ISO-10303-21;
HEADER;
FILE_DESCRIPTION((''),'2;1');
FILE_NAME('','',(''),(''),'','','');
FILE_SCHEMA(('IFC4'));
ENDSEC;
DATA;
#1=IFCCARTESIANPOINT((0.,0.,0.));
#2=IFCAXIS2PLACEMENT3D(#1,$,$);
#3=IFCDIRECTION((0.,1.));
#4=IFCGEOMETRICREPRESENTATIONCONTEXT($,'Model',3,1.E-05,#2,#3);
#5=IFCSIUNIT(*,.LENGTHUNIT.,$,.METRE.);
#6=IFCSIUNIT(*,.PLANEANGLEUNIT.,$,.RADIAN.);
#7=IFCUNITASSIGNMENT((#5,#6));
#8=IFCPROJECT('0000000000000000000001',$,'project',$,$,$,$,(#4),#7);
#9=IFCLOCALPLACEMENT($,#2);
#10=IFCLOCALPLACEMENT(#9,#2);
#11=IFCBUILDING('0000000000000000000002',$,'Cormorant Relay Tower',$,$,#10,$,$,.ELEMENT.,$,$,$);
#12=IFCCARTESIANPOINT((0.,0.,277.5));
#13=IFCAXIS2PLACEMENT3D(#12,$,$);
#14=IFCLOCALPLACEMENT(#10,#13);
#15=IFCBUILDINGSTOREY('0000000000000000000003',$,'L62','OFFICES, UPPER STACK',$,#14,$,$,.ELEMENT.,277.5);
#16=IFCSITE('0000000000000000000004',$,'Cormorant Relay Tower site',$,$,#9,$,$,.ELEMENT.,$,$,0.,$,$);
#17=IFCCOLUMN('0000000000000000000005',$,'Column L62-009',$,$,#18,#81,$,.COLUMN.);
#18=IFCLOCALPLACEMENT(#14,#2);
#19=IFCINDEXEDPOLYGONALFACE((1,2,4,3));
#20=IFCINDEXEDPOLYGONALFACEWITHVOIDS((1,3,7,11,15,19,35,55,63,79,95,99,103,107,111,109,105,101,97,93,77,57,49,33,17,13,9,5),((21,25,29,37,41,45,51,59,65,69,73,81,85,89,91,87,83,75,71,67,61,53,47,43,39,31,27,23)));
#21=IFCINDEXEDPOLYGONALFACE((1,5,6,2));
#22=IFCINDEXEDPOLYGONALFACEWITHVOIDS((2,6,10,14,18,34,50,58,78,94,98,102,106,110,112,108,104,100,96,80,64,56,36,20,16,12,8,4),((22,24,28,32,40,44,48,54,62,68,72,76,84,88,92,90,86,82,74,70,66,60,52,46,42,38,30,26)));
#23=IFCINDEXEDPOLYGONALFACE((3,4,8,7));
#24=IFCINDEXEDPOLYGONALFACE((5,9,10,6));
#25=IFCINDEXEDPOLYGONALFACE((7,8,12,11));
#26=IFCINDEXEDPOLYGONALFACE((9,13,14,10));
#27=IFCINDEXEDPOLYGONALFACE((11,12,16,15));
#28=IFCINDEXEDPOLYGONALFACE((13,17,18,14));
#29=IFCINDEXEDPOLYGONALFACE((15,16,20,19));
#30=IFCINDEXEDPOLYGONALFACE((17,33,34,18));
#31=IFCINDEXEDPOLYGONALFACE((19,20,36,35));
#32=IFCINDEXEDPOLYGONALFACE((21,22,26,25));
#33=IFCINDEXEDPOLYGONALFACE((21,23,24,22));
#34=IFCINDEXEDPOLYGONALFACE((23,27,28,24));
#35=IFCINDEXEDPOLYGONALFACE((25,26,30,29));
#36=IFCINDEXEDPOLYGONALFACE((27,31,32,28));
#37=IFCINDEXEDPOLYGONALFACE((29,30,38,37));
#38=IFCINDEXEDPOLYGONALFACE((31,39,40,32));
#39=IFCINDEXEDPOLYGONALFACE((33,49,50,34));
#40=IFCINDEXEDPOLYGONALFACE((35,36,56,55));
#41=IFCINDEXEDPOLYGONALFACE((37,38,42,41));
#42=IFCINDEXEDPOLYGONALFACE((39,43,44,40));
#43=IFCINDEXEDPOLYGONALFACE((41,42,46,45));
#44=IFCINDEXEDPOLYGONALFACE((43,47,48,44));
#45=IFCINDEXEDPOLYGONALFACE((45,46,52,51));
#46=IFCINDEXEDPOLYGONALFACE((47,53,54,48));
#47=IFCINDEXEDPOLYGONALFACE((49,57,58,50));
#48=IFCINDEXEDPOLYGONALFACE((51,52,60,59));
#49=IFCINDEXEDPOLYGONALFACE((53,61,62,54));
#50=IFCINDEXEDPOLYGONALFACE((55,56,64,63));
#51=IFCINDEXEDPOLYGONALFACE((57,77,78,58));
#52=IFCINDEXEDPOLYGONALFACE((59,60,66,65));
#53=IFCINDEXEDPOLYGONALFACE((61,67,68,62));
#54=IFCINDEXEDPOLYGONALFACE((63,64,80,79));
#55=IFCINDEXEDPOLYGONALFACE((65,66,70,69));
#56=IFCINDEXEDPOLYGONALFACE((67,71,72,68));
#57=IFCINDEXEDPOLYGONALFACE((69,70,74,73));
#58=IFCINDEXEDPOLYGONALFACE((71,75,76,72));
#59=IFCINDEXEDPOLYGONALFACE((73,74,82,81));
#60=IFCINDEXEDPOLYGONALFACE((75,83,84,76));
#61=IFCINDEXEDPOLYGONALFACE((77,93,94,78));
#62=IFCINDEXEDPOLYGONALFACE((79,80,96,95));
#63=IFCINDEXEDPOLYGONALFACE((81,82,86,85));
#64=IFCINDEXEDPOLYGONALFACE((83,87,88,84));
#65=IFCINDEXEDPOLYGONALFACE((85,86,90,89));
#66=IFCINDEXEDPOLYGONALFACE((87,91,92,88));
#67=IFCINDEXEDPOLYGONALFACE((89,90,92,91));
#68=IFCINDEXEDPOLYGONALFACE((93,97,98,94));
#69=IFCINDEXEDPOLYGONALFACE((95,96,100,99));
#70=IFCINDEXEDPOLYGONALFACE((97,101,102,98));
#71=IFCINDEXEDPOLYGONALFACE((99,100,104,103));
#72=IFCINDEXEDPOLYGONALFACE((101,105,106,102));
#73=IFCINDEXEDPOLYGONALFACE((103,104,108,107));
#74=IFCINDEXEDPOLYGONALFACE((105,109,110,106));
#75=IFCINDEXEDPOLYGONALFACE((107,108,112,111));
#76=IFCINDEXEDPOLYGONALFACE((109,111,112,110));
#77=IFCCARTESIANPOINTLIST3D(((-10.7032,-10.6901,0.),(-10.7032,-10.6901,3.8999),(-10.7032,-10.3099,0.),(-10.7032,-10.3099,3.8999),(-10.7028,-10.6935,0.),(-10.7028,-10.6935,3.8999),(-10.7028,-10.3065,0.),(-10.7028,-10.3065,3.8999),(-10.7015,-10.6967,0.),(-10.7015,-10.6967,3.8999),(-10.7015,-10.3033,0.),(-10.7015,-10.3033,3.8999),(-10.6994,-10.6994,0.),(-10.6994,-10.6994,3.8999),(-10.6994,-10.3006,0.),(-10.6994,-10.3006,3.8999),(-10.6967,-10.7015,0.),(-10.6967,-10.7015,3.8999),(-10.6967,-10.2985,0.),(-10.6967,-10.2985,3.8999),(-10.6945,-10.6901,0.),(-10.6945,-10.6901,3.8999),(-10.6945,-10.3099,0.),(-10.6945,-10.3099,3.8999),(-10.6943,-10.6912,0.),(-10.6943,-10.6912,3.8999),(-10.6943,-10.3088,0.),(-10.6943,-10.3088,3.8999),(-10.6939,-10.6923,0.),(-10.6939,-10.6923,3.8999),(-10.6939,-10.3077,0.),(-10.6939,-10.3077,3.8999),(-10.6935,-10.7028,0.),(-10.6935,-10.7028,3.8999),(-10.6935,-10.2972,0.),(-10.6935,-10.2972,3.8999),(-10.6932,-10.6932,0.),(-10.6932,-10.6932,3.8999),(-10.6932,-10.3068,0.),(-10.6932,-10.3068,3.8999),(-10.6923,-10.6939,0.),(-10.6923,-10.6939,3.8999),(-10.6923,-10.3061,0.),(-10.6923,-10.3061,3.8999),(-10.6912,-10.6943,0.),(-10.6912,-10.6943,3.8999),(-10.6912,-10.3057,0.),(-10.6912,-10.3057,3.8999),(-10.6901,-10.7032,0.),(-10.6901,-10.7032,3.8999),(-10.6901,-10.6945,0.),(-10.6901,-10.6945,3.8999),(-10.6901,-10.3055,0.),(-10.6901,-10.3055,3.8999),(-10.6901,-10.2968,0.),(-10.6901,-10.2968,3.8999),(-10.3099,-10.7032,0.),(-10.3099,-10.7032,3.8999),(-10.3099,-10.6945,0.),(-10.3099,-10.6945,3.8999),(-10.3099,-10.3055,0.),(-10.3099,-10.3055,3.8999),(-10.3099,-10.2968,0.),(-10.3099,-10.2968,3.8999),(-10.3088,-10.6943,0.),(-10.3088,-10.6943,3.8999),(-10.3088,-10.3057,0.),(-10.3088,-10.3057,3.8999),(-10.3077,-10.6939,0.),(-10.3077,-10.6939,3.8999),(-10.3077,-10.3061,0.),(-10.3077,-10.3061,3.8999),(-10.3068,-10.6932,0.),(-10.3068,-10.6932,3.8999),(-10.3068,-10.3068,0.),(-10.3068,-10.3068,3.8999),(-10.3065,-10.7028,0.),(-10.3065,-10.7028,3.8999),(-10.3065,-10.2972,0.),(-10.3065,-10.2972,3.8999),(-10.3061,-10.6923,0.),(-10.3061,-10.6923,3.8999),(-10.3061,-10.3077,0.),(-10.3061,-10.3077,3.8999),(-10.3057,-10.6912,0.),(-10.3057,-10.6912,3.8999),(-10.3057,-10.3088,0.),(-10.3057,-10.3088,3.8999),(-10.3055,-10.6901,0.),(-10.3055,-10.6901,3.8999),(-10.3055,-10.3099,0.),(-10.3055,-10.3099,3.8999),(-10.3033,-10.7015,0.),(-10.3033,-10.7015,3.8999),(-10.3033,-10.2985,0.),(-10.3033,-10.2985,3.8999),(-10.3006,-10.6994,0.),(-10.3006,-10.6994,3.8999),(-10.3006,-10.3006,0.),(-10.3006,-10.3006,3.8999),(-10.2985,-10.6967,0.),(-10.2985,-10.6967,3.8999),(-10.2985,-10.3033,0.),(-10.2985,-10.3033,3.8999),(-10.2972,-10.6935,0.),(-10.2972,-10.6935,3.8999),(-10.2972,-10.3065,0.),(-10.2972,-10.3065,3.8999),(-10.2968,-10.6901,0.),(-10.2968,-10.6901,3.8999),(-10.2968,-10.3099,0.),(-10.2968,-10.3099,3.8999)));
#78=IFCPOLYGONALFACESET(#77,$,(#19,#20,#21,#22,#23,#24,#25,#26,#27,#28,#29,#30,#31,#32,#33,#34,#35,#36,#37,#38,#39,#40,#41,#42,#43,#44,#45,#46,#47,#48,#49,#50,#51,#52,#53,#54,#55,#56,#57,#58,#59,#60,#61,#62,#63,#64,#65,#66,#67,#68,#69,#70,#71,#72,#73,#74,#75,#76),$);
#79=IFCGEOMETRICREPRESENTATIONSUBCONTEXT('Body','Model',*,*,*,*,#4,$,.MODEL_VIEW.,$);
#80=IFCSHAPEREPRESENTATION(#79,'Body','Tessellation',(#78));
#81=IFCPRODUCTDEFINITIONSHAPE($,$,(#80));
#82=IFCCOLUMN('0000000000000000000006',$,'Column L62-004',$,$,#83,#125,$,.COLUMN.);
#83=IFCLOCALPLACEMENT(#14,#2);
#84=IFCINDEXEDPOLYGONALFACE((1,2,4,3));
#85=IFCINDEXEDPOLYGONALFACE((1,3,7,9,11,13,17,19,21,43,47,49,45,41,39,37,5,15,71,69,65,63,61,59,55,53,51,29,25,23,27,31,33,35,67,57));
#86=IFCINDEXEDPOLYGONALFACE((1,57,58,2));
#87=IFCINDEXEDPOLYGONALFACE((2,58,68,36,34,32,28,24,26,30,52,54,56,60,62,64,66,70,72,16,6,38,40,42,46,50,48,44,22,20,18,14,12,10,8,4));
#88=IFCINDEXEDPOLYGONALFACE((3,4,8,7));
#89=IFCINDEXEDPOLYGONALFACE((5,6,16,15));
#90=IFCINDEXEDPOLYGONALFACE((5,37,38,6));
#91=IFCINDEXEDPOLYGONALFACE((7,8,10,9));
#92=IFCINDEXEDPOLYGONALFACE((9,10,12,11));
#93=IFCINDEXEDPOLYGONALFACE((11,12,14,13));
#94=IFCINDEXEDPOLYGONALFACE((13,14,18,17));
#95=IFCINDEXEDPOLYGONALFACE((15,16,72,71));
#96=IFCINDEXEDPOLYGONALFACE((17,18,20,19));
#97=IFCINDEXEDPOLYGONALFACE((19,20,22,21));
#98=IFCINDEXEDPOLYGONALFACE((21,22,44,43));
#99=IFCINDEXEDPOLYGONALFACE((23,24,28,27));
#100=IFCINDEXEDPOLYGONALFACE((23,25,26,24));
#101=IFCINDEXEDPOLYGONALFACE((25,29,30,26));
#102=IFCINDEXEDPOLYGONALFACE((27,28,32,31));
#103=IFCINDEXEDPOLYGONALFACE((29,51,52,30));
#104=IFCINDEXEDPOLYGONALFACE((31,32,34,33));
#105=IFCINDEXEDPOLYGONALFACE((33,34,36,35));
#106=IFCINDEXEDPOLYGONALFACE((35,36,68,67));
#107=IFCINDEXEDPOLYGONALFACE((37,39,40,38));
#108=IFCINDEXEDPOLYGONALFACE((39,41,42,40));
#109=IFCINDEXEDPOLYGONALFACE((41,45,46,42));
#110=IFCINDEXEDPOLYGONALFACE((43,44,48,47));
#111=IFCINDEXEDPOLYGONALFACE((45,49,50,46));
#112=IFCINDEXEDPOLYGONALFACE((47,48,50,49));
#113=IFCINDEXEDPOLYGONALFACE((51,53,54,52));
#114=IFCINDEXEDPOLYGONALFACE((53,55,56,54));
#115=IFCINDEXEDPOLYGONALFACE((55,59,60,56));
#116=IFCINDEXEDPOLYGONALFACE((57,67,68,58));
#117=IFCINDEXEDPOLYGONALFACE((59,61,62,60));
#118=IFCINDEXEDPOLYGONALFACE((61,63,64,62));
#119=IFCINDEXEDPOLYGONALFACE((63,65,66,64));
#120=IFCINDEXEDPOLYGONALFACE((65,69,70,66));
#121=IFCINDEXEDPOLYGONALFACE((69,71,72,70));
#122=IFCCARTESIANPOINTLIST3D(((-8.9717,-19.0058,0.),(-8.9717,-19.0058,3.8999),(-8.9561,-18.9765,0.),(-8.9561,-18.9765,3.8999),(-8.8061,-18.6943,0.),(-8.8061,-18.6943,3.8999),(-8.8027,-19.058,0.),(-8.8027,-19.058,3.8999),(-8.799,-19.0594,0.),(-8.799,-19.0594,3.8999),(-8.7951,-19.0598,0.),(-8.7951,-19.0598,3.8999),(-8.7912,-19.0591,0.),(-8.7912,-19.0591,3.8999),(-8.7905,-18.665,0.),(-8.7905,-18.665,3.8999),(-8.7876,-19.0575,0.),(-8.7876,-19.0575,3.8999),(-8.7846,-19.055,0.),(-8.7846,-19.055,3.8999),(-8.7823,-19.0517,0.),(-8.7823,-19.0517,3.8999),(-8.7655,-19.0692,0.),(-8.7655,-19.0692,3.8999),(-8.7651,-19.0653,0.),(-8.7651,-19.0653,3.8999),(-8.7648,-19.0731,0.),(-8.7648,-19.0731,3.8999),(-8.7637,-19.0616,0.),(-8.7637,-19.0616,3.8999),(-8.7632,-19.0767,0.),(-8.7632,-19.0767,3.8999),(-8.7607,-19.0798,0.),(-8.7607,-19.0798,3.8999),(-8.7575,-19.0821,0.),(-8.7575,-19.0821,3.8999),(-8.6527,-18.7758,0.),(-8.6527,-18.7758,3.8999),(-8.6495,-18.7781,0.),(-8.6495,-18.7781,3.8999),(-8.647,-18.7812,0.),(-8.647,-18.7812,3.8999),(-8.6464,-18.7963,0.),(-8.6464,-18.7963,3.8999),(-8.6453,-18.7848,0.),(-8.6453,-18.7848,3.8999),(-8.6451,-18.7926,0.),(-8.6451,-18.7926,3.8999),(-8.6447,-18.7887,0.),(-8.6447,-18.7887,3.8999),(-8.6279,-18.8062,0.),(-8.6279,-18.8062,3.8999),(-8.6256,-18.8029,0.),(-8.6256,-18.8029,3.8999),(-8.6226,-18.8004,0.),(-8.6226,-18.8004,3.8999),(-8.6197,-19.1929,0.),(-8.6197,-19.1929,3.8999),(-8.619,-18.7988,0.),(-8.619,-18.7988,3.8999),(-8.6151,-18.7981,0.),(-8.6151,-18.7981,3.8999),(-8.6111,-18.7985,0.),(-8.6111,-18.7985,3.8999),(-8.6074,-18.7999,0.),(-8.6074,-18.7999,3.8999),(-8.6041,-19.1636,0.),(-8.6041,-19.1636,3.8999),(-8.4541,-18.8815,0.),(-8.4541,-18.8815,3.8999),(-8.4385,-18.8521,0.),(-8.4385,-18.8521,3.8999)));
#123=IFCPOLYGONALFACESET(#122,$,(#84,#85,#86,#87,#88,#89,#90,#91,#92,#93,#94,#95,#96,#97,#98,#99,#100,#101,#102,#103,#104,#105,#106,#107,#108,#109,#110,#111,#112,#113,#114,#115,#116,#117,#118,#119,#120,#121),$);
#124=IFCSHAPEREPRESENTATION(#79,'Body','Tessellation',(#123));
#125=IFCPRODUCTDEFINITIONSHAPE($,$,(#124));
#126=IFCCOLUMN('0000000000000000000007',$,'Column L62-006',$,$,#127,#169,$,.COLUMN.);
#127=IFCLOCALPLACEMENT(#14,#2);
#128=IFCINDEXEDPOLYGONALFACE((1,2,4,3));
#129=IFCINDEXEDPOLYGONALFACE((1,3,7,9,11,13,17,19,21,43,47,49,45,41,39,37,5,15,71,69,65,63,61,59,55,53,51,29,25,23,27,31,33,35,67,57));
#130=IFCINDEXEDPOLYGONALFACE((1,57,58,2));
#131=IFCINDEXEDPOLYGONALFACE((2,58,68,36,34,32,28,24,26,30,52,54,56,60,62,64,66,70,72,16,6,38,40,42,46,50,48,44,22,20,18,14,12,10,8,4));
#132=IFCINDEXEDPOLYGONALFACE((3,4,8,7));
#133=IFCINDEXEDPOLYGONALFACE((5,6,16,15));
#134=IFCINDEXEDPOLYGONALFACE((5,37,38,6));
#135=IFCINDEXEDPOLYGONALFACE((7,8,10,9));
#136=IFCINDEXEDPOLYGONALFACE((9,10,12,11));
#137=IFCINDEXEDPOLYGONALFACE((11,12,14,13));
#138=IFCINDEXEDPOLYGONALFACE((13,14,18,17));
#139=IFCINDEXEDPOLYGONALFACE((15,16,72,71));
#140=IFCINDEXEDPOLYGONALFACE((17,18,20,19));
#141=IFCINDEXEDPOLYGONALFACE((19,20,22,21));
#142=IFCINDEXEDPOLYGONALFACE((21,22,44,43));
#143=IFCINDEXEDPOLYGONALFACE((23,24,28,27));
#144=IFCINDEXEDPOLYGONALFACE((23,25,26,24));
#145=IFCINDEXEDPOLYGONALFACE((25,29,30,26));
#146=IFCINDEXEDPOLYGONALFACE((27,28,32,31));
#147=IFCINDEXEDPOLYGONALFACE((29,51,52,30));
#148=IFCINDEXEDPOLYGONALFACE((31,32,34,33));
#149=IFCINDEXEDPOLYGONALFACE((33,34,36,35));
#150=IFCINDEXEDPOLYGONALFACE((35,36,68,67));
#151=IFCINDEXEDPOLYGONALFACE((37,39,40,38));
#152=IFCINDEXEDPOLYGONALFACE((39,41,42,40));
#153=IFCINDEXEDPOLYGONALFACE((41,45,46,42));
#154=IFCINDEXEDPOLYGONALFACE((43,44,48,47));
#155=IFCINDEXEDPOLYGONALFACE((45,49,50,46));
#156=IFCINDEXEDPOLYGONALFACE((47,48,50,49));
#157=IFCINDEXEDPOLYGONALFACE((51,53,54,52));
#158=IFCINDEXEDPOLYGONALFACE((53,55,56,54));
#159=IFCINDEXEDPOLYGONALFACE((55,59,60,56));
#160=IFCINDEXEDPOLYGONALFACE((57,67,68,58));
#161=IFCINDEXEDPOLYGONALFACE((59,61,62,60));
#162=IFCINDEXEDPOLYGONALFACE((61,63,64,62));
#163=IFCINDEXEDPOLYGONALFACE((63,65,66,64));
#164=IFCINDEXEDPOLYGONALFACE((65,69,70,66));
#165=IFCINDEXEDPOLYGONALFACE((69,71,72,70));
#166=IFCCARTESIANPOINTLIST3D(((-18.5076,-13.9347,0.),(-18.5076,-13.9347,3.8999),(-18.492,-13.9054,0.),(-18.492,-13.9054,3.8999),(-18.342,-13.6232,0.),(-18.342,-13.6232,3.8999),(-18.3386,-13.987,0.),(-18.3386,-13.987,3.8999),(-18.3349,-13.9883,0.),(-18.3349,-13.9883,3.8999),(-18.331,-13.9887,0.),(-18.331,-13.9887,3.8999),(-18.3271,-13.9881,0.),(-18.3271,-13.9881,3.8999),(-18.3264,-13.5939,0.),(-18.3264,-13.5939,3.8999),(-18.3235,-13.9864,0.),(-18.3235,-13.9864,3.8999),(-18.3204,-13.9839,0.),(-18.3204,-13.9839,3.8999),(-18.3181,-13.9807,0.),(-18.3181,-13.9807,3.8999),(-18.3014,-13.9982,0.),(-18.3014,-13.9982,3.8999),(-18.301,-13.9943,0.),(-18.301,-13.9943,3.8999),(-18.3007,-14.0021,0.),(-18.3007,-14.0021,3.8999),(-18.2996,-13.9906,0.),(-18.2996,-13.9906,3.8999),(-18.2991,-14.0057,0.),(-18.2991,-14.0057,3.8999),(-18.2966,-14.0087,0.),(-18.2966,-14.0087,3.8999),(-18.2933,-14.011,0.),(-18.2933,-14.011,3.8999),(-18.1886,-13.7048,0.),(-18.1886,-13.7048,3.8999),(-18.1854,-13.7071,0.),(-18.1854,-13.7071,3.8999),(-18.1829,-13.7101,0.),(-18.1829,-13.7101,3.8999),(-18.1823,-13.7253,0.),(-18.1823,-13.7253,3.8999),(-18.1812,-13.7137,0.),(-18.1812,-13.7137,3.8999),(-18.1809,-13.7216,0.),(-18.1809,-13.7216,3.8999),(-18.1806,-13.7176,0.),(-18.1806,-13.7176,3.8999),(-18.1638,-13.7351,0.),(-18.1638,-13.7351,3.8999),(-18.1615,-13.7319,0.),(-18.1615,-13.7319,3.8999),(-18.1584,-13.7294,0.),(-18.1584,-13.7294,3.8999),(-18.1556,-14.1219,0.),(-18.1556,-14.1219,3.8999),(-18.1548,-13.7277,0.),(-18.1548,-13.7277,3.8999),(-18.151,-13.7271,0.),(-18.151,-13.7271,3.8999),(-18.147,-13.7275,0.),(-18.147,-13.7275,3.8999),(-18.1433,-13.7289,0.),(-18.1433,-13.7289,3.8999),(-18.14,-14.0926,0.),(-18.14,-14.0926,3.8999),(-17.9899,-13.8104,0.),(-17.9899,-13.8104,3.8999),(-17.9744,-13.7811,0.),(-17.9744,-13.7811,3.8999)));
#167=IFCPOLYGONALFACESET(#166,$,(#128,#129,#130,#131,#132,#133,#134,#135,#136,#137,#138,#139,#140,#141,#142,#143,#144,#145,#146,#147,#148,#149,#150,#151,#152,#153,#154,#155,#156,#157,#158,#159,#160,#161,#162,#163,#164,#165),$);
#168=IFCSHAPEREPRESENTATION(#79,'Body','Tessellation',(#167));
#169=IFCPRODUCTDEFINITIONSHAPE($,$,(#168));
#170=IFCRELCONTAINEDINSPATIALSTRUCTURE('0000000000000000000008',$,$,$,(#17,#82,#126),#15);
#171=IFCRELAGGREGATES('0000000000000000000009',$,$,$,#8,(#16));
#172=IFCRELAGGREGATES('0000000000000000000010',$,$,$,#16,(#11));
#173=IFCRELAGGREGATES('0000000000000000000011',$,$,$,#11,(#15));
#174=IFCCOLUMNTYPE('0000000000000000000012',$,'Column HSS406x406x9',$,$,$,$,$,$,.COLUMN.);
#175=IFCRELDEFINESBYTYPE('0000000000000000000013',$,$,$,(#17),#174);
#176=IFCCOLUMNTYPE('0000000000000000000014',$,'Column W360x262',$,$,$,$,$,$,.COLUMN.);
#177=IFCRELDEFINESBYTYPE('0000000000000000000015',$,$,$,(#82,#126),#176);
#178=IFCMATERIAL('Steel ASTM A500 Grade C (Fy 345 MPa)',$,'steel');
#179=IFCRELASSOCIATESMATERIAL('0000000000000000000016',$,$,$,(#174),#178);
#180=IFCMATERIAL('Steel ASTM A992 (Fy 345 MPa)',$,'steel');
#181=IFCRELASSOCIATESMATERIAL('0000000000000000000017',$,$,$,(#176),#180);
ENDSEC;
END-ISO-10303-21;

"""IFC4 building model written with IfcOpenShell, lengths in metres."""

from ifc_helpers import new_model, si_unit, direction, frame, origin, origin_2d, place, context, subcontext, project, spatial, hollow_rectangle, i_section, extrude, material, material_profile, profile_set, type_object, element, save


model = new_model("IFC4")

# Units and contexts
model_context = context("Model", 3, precision=1e-05, world=origin(), true_north=direction((0.0, 1.0)))
body_context = subcontext(model_context, "Body", "Model", "MODEL_VIEW")
ifc_project = project(units=[si_unit("LENGTHUNIT", "METRE"), si_unit("PLANEANGLEUNIT", "RADIAN")], contexts=[model_context])

# Site, building, storey
site_placement = place(None, origin())
site = spatial("IfcSite", under=ifc_project, at=site_placement, Name="Cormorant Relay Tower site", CompositionType="ELEMENT", RefElevation=0.0)
building_placement = place(site_placement, origin())
building = spatial("IfcBuilding", under=site, at=building_placement, Name="Cormorant Relay Tower", CompositionType="ELEMENT")
storey_placement = place(building_placement, frame((0.0, 0.0, 277.5)))
storey = spatial("IfcBuildingStorey", under=building, at=storey_placement, Name="L62", Description="OFFICES, UPPER STACK", CompositionType="ELEMENT", Elevation=277.5)

# Columns
ifc_material_1 = material(Name="Steel ASTM A500 Grade C (Fy 345 MPa)", Category="steel")
ifc_material_profile_1 = material_profile(ifc_material_1, hollow_rectangle(XDim=0.4065, YDim=0.4065, WallThickness=0.0088, InnerFilletRadius=0.0044, OuterFilletRadius=0.0132, at=origin_2d()), Name="HSS406x406x9")
ifc_profile_set_1 = profile_set([ifc_material_profile_1], Name="Steel ASTM A500 Grade C (Fy 345 MPa)")
column_type_1 = type_object("IfcColumnType", Name="Column HSS406x406x9", PredefinedType="COLUMN", material=ifc_profile_set_1)
column_placement = place(storey_placement, frame((-10.5, -10.5, 0.0), z_axis=(0.0, 0.0, 1.0), x_axis=(1.0, 0.0, 0.0)))
element("IfcColumn", 1, at=column_placement, inside=storey, type_object=column_type_1, Name="Column L62-009", PredefinedType="COLUMN", context=body_context, shape_type="SweptSolid", body=[
    extrude(hollow_rectangle(XDim=0.4065, YDim=0.4065, WallThickness=0.0088, InnerFilletRadius=0.0044, OuterFilletRadius=0.0132, at=origin_2d()), origin(), (0.0, 0.0, 1.0), 3.8999),
])
ifc_material_2 = material(Name="Steel ASTM A992 (Fy 345 MPa)", Category="steel")
ifc_material_profile_2 = material_profile(ifc_material_2, i_section(OverallWidth=0.3987, OverallDepth=0.386, WebThickness=0.021, FlangeThickness=0.0332, FilletRadius=0.0151, at=origin_2d()), Name="W360x262")
ifc_profile_set_2 = profile_set([ifc_material_profile_2], Name="Steel ASTM A992 (Fy 345 MPa)")
column_type_2 = type_object("IfcColumnType", Name="Column W360x262", PredefinedType="COLUMN", material=ifc_profile_set_2)
for number, where, z_axis, x_axis, name in (
    (2, (-8.7051, -18.929, 0.0), (0.0, 0.0, 1.0), (0.882948, -0.469472, 0.0), "Column L62-004"),
    (3, (-18.241, -13.8579, 0.0), (0.0, 0.0, 1.0), (0.882948, -0.469472, 0.0), "Column L62-006"),
):
    element("IfcColumn", number, at=place(storey_placement, frame(where, z_axis=z_axis, x_axis=x_axis)), inside=storey, type_object=column_type_2, Name=name, PredefinedType="COLUMN", context=body_context, shape_type="SweptSolid", body=[
        extrude(i_section(OverallWidth=0.3987, OverallDepth=0.386, WebThickness=0.021, FlangeThickness=0.0332, FilletRadius=0.0151, at=origin_2d()), origin(), (0.0, 0.0, 1.0), 3.8999),
    ])

save(model, "model.ifc")
